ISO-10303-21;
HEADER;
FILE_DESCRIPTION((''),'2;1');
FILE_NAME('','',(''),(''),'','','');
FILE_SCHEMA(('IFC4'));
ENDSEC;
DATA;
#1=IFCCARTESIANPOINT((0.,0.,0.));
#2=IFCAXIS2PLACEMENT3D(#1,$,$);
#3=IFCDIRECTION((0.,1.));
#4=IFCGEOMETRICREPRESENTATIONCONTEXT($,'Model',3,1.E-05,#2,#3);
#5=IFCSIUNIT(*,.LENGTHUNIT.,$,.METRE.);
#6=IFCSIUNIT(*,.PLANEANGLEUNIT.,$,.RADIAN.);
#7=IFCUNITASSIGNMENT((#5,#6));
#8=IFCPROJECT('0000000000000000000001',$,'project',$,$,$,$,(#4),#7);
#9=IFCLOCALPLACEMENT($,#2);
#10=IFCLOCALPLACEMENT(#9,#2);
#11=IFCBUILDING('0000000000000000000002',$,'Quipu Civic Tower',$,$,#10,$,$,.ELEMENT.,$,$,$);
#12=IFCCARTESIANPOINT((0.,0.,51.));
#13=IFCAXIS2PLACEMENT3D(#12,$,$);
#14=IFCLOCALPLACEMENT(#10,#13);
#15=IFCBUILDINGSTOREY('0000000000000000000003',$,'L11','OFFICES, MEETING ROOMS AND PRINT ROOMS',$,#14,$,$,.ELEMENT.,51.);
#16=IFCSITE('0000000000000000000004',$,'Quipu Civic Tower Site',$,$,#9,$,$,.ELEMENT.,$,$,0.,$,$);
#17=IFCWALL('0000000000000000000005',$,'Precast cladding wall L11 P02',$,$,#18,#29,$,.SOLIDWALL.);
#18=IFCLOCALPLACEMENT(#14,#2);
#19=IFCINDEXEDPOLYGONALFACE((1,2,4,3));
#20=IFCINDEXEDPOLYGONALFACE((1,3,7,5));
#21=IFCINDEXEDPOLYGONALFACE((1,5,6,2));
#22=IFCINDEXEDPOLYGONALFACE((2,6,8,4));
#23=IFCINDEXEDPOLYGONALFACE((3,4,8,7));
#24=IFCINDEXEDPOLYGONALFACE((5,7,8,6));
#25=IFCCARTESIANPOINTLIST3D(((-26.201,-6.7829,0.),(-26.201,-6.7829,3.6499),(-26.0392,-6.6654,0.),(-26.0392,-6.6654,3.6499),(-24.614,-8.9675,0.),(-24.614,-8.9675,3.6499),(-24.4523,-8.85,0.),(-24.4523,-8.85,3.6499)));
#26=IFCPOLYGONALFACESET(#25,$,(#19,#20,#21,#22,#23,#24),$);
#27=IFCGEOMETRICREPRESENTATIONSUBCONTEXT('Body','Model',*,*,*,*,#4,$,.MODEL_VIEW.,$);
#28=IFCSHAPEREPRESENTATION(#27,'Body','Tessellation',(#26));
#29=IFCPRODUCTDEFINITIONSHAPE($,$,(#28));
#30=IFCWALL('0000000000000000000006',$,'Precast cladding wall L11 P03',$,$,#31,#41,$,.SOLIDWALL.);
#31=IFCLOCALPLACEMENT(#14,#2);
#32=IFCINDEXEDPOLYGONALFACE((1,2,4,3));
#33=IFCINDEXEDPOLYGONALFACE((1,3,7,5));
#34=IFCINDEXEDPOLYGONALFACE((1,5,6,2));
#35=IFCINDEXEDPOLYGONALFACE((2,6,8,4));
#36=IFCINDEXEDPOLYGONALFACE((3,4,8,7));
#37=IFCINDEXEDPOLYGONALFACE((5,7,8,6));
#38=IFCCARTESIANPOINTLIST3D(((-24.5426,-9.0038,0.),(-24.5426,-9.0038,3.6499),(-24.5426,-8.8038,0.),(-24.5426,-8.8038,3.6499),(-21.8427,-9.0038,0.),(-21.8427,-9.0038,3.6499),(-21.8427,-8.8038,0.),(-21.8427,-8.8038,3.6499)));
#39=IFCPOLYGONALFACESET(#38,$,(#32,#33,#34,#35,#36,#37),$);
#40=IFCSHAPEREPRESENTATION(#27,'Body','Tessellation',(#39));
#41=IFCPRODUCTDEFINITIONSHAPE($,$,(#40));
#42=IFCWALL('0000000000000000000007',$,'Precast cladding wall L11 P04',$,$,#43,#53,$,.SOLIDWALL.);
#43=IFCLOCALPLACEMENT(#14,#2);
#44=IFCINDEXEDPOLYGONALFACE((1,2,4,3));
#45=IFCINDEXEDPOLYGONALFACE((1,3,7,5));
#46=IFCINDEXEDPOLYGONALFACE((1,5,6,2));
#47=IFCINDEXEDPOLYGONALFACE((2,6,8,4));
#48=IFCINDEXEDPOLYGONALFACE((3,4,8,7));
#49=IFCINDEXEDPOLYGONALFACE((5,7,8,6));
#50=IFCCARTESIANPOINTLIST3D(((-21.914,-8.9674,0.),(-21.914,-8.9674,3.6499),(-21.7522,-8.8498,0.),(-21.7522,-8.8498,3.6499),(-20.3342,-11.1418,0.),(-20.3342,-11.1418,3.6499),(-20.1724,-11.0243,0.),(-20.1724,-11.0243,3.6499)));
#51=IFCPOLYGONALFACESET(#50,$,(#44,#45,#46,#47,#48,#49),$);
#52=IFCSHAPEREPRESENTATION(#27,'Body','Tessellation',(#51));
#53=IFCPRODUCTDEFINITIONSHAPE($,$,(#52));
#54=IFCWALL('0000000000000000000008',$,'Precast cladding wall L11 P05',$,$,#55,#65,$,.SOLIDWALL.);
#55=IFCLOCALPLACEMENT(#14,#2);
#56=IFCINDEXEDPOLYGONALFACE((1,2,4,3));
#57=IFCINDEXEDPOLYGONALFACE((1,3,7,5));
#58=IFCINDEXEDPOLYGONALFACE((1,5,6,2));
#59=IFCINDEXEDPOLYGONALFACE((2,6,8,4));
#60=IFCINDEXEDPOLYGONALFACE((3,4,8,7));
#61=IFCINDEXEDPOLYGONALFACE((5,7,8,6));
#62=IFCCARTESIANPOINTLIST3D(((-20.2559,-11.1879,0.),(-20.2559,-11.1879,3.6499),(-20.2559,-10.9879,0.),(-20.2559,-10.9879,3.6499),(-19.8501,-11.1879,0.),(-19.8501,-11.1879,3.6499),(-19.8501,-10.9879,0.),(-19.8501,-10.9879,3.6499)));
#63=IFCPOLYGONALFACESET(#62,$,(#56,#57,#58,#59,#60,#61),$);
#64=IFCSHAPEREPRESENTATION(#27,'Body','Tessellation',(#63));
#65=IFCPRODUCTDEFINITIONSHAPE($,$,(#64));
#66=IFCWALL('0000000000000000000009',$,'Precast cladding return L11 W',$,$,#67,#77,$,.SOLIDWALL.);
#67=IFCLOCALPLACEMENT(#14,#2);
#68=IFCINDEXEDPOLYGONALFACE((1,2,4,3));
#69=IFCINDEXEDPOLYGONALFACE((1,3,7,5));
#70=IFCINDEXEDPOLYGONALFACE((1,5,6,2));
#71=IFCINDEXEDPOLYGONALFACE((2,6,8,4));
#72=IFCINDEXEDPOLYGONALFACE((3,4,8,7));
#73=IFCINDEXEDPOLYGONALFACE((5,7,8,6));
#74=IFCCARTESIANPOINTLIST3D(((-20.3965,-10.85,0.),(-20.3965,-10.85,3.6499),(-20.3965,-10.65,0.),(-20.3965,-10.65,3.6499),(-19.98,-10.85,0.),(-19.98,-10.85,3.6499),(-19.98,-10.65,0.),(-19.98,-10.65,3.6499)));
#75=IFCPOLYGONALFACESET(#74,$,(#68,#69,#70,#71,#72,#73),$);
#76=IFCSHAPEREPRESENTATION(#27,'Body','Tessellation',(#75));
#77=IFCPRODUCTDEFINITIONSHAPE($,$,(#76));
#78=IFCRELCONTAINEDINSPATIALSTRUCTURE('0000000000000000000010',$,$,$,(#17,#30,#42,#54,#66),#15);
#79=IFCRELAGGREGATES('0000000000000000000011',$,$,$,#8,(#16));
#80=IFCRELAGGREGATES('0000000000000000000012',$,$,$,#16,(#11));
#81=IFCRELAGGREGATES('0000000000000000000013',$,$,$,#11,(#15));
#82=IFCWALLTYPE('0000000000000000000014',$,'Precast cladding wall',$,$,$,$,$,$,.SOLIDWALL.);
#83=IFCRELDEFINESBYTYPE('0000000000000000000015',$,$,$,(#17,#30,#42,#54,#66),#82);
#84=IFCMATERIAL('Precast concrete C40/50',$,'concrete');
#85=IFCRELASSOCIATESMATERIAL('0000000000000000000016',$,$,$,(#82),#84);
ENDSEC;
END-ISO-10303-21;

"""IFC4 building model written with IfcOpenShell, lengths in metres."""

from ifc_helpers import new_model, si_unit, direction, frame, frame_2d, origin, place, context, subcontext, project, spatial, rectangle, extrude, material, type_object, element, save


model = new_model("IFC4")

# Units and contexts
model_context = context("Model", 3, precision=1e-05, world=origin(), true_north=direction((0.0, 1.0)))
body_context = subcontext(model_context, "Body", "Model", "MODEL_VIEW")
ifc_project = project(units=[si_unit("LENGTHUNIT", "METRE"), si_unit("PLANEANGLEUNIT", "RADIAN")], contexts=[model_context])

# Site, building, storey
site_placement = place(None, origin())
site = spatial("IfcSite", under=ifc_project, at=site_placement, Name="Quipu Civic Tower Site", CompositionType="ELEMENT", RefElevation=0.0)
building_placement = place(site_placement, origin())
building = spatial("IfcBuilding", under=site, at=building_placement, Name="Quipu Civic Tower", CompositionType="ELEMENT")
storey_placement = place(building_placement, frame((0.0, 0.0, 51.0)))
storey = spatial("IfcBuildingStorey", under=building, at=storey_placement, Name="L11", Description="OFFICES, MEETING ROOMS AND PRINT ROOMS", CompositionType="ELEMENT", Elevation=51.0)

# Walls
ifc_material_1 = material(Name="Precast concrete C40/50", Category="concrete")
wall_type_1 = type_object("IfcWallType", Name="Precast cladding wall", PredefinedType="SOLIDWALL", material=ifc_material_1)
wall_1_placement = place(storey_placement, frame((-26.1201, -6.7241, 0.0), z_axis=(0.0, 0.0, 1.0), x_axis=(0.58772, -0.809064, 0.0)))
element("IfcWall", 1, at=wall_1_placement, inside=storey, type_object=wall_type_1, Name="Precast cladding wall L11 P02", PredefinedType="SOLIDWALL", context=body_context, shape_type="SweptSolid", body=[
    extrude(rectangle(XDim=2.7002, YDim=0.2, at=frame_2d((1.3501, 0.0))), origin(), (0.0, 0.0, 1.0), 3.6499),
])
wall_2_placement = place(storey_placement, frame((-24.5427, -8.9038, 0.0), z_axis=(0.0, 0.0, 1.0), x_axis=(1.0, 0.0, 0.0)))
element("IfcWall", 2, at=wall_2_placement, inside=storey, type_object=wall_type_1, Name="Precast cladding wall L11 P03", PredefinedType="SOLIDWALL", context=body_context, shape_type="SweptSolid", body=[
    extrude(rectangle(XDim=2.7, YDim=0.2, at=frame_2d((1.3501, 0.0))), origin(), (0.0, 0.0, 1.0), 3.6499),
])
wall_3_placement = place(storey_placement, frame((-21.833, -8.9087, 0.0), z_axis=(0.0, 0.0, 1.0), x_axis=(0.587767, -0.809031, 0.0)))
element("IfcWall", 3, at=wall_3_placement, inside=storey, type_object=wall_type_1, Name="Precast cladding wall L11 P04", PredefinedType="SOLIDWALL", context=body_context, shape_type="SweptSolid", body=[
    extrude(rectangle(XDim=2.6877, YDim=0.2, at=frame_2d((1.3438, 0.0))), origin(), (0.0, 0.0, 1.0), 3.6499),
])
wall_4_placement = place(storey_placement, frame((-20.2559, -11.0879, 0.0), z_axis=(0.0, 0.0, 1.0), x_axis=(1.0, 0.0, 0.0)))
element("IfcWall", 4, at=wall_4_placement, inside=storey, type_object=wall_type_1, Name="Precast cladding wall L11 P05", PredefinedType="SOLIDWALL", context=body_context, shape_type="SweptSolid", body=[
    extrude(rectangle(XDim=0.4058, YDim=0.2, at=frame_2d((0.2029, 0.0))), origin(), (0.0, 0.0, 1.0), 3.6499),
])
wall_5_placement = place(storey_placement, frame((-19.98, -10.75, 0.0), z_axis=(0.0, 0.0, 1.0), x_axis=(-1.0, 0.0, 0.0)))
element("IfcWall", 5, at=wall_5_placement, inside=storey, type_object=wall_type_1, Name="Precast cladding return L11 W", PredefinedType="SOLIDWALL", context=body_context, shape_type="SweptSolid", body=[
    extrude(rectangle(XDim=0.4165, YDim=0.2, at=frame_2d((0.2083, 0.0))), origin(), (0.0, 0.0, 1.0), 3.6499),
])

save(model, "model.ifc")
